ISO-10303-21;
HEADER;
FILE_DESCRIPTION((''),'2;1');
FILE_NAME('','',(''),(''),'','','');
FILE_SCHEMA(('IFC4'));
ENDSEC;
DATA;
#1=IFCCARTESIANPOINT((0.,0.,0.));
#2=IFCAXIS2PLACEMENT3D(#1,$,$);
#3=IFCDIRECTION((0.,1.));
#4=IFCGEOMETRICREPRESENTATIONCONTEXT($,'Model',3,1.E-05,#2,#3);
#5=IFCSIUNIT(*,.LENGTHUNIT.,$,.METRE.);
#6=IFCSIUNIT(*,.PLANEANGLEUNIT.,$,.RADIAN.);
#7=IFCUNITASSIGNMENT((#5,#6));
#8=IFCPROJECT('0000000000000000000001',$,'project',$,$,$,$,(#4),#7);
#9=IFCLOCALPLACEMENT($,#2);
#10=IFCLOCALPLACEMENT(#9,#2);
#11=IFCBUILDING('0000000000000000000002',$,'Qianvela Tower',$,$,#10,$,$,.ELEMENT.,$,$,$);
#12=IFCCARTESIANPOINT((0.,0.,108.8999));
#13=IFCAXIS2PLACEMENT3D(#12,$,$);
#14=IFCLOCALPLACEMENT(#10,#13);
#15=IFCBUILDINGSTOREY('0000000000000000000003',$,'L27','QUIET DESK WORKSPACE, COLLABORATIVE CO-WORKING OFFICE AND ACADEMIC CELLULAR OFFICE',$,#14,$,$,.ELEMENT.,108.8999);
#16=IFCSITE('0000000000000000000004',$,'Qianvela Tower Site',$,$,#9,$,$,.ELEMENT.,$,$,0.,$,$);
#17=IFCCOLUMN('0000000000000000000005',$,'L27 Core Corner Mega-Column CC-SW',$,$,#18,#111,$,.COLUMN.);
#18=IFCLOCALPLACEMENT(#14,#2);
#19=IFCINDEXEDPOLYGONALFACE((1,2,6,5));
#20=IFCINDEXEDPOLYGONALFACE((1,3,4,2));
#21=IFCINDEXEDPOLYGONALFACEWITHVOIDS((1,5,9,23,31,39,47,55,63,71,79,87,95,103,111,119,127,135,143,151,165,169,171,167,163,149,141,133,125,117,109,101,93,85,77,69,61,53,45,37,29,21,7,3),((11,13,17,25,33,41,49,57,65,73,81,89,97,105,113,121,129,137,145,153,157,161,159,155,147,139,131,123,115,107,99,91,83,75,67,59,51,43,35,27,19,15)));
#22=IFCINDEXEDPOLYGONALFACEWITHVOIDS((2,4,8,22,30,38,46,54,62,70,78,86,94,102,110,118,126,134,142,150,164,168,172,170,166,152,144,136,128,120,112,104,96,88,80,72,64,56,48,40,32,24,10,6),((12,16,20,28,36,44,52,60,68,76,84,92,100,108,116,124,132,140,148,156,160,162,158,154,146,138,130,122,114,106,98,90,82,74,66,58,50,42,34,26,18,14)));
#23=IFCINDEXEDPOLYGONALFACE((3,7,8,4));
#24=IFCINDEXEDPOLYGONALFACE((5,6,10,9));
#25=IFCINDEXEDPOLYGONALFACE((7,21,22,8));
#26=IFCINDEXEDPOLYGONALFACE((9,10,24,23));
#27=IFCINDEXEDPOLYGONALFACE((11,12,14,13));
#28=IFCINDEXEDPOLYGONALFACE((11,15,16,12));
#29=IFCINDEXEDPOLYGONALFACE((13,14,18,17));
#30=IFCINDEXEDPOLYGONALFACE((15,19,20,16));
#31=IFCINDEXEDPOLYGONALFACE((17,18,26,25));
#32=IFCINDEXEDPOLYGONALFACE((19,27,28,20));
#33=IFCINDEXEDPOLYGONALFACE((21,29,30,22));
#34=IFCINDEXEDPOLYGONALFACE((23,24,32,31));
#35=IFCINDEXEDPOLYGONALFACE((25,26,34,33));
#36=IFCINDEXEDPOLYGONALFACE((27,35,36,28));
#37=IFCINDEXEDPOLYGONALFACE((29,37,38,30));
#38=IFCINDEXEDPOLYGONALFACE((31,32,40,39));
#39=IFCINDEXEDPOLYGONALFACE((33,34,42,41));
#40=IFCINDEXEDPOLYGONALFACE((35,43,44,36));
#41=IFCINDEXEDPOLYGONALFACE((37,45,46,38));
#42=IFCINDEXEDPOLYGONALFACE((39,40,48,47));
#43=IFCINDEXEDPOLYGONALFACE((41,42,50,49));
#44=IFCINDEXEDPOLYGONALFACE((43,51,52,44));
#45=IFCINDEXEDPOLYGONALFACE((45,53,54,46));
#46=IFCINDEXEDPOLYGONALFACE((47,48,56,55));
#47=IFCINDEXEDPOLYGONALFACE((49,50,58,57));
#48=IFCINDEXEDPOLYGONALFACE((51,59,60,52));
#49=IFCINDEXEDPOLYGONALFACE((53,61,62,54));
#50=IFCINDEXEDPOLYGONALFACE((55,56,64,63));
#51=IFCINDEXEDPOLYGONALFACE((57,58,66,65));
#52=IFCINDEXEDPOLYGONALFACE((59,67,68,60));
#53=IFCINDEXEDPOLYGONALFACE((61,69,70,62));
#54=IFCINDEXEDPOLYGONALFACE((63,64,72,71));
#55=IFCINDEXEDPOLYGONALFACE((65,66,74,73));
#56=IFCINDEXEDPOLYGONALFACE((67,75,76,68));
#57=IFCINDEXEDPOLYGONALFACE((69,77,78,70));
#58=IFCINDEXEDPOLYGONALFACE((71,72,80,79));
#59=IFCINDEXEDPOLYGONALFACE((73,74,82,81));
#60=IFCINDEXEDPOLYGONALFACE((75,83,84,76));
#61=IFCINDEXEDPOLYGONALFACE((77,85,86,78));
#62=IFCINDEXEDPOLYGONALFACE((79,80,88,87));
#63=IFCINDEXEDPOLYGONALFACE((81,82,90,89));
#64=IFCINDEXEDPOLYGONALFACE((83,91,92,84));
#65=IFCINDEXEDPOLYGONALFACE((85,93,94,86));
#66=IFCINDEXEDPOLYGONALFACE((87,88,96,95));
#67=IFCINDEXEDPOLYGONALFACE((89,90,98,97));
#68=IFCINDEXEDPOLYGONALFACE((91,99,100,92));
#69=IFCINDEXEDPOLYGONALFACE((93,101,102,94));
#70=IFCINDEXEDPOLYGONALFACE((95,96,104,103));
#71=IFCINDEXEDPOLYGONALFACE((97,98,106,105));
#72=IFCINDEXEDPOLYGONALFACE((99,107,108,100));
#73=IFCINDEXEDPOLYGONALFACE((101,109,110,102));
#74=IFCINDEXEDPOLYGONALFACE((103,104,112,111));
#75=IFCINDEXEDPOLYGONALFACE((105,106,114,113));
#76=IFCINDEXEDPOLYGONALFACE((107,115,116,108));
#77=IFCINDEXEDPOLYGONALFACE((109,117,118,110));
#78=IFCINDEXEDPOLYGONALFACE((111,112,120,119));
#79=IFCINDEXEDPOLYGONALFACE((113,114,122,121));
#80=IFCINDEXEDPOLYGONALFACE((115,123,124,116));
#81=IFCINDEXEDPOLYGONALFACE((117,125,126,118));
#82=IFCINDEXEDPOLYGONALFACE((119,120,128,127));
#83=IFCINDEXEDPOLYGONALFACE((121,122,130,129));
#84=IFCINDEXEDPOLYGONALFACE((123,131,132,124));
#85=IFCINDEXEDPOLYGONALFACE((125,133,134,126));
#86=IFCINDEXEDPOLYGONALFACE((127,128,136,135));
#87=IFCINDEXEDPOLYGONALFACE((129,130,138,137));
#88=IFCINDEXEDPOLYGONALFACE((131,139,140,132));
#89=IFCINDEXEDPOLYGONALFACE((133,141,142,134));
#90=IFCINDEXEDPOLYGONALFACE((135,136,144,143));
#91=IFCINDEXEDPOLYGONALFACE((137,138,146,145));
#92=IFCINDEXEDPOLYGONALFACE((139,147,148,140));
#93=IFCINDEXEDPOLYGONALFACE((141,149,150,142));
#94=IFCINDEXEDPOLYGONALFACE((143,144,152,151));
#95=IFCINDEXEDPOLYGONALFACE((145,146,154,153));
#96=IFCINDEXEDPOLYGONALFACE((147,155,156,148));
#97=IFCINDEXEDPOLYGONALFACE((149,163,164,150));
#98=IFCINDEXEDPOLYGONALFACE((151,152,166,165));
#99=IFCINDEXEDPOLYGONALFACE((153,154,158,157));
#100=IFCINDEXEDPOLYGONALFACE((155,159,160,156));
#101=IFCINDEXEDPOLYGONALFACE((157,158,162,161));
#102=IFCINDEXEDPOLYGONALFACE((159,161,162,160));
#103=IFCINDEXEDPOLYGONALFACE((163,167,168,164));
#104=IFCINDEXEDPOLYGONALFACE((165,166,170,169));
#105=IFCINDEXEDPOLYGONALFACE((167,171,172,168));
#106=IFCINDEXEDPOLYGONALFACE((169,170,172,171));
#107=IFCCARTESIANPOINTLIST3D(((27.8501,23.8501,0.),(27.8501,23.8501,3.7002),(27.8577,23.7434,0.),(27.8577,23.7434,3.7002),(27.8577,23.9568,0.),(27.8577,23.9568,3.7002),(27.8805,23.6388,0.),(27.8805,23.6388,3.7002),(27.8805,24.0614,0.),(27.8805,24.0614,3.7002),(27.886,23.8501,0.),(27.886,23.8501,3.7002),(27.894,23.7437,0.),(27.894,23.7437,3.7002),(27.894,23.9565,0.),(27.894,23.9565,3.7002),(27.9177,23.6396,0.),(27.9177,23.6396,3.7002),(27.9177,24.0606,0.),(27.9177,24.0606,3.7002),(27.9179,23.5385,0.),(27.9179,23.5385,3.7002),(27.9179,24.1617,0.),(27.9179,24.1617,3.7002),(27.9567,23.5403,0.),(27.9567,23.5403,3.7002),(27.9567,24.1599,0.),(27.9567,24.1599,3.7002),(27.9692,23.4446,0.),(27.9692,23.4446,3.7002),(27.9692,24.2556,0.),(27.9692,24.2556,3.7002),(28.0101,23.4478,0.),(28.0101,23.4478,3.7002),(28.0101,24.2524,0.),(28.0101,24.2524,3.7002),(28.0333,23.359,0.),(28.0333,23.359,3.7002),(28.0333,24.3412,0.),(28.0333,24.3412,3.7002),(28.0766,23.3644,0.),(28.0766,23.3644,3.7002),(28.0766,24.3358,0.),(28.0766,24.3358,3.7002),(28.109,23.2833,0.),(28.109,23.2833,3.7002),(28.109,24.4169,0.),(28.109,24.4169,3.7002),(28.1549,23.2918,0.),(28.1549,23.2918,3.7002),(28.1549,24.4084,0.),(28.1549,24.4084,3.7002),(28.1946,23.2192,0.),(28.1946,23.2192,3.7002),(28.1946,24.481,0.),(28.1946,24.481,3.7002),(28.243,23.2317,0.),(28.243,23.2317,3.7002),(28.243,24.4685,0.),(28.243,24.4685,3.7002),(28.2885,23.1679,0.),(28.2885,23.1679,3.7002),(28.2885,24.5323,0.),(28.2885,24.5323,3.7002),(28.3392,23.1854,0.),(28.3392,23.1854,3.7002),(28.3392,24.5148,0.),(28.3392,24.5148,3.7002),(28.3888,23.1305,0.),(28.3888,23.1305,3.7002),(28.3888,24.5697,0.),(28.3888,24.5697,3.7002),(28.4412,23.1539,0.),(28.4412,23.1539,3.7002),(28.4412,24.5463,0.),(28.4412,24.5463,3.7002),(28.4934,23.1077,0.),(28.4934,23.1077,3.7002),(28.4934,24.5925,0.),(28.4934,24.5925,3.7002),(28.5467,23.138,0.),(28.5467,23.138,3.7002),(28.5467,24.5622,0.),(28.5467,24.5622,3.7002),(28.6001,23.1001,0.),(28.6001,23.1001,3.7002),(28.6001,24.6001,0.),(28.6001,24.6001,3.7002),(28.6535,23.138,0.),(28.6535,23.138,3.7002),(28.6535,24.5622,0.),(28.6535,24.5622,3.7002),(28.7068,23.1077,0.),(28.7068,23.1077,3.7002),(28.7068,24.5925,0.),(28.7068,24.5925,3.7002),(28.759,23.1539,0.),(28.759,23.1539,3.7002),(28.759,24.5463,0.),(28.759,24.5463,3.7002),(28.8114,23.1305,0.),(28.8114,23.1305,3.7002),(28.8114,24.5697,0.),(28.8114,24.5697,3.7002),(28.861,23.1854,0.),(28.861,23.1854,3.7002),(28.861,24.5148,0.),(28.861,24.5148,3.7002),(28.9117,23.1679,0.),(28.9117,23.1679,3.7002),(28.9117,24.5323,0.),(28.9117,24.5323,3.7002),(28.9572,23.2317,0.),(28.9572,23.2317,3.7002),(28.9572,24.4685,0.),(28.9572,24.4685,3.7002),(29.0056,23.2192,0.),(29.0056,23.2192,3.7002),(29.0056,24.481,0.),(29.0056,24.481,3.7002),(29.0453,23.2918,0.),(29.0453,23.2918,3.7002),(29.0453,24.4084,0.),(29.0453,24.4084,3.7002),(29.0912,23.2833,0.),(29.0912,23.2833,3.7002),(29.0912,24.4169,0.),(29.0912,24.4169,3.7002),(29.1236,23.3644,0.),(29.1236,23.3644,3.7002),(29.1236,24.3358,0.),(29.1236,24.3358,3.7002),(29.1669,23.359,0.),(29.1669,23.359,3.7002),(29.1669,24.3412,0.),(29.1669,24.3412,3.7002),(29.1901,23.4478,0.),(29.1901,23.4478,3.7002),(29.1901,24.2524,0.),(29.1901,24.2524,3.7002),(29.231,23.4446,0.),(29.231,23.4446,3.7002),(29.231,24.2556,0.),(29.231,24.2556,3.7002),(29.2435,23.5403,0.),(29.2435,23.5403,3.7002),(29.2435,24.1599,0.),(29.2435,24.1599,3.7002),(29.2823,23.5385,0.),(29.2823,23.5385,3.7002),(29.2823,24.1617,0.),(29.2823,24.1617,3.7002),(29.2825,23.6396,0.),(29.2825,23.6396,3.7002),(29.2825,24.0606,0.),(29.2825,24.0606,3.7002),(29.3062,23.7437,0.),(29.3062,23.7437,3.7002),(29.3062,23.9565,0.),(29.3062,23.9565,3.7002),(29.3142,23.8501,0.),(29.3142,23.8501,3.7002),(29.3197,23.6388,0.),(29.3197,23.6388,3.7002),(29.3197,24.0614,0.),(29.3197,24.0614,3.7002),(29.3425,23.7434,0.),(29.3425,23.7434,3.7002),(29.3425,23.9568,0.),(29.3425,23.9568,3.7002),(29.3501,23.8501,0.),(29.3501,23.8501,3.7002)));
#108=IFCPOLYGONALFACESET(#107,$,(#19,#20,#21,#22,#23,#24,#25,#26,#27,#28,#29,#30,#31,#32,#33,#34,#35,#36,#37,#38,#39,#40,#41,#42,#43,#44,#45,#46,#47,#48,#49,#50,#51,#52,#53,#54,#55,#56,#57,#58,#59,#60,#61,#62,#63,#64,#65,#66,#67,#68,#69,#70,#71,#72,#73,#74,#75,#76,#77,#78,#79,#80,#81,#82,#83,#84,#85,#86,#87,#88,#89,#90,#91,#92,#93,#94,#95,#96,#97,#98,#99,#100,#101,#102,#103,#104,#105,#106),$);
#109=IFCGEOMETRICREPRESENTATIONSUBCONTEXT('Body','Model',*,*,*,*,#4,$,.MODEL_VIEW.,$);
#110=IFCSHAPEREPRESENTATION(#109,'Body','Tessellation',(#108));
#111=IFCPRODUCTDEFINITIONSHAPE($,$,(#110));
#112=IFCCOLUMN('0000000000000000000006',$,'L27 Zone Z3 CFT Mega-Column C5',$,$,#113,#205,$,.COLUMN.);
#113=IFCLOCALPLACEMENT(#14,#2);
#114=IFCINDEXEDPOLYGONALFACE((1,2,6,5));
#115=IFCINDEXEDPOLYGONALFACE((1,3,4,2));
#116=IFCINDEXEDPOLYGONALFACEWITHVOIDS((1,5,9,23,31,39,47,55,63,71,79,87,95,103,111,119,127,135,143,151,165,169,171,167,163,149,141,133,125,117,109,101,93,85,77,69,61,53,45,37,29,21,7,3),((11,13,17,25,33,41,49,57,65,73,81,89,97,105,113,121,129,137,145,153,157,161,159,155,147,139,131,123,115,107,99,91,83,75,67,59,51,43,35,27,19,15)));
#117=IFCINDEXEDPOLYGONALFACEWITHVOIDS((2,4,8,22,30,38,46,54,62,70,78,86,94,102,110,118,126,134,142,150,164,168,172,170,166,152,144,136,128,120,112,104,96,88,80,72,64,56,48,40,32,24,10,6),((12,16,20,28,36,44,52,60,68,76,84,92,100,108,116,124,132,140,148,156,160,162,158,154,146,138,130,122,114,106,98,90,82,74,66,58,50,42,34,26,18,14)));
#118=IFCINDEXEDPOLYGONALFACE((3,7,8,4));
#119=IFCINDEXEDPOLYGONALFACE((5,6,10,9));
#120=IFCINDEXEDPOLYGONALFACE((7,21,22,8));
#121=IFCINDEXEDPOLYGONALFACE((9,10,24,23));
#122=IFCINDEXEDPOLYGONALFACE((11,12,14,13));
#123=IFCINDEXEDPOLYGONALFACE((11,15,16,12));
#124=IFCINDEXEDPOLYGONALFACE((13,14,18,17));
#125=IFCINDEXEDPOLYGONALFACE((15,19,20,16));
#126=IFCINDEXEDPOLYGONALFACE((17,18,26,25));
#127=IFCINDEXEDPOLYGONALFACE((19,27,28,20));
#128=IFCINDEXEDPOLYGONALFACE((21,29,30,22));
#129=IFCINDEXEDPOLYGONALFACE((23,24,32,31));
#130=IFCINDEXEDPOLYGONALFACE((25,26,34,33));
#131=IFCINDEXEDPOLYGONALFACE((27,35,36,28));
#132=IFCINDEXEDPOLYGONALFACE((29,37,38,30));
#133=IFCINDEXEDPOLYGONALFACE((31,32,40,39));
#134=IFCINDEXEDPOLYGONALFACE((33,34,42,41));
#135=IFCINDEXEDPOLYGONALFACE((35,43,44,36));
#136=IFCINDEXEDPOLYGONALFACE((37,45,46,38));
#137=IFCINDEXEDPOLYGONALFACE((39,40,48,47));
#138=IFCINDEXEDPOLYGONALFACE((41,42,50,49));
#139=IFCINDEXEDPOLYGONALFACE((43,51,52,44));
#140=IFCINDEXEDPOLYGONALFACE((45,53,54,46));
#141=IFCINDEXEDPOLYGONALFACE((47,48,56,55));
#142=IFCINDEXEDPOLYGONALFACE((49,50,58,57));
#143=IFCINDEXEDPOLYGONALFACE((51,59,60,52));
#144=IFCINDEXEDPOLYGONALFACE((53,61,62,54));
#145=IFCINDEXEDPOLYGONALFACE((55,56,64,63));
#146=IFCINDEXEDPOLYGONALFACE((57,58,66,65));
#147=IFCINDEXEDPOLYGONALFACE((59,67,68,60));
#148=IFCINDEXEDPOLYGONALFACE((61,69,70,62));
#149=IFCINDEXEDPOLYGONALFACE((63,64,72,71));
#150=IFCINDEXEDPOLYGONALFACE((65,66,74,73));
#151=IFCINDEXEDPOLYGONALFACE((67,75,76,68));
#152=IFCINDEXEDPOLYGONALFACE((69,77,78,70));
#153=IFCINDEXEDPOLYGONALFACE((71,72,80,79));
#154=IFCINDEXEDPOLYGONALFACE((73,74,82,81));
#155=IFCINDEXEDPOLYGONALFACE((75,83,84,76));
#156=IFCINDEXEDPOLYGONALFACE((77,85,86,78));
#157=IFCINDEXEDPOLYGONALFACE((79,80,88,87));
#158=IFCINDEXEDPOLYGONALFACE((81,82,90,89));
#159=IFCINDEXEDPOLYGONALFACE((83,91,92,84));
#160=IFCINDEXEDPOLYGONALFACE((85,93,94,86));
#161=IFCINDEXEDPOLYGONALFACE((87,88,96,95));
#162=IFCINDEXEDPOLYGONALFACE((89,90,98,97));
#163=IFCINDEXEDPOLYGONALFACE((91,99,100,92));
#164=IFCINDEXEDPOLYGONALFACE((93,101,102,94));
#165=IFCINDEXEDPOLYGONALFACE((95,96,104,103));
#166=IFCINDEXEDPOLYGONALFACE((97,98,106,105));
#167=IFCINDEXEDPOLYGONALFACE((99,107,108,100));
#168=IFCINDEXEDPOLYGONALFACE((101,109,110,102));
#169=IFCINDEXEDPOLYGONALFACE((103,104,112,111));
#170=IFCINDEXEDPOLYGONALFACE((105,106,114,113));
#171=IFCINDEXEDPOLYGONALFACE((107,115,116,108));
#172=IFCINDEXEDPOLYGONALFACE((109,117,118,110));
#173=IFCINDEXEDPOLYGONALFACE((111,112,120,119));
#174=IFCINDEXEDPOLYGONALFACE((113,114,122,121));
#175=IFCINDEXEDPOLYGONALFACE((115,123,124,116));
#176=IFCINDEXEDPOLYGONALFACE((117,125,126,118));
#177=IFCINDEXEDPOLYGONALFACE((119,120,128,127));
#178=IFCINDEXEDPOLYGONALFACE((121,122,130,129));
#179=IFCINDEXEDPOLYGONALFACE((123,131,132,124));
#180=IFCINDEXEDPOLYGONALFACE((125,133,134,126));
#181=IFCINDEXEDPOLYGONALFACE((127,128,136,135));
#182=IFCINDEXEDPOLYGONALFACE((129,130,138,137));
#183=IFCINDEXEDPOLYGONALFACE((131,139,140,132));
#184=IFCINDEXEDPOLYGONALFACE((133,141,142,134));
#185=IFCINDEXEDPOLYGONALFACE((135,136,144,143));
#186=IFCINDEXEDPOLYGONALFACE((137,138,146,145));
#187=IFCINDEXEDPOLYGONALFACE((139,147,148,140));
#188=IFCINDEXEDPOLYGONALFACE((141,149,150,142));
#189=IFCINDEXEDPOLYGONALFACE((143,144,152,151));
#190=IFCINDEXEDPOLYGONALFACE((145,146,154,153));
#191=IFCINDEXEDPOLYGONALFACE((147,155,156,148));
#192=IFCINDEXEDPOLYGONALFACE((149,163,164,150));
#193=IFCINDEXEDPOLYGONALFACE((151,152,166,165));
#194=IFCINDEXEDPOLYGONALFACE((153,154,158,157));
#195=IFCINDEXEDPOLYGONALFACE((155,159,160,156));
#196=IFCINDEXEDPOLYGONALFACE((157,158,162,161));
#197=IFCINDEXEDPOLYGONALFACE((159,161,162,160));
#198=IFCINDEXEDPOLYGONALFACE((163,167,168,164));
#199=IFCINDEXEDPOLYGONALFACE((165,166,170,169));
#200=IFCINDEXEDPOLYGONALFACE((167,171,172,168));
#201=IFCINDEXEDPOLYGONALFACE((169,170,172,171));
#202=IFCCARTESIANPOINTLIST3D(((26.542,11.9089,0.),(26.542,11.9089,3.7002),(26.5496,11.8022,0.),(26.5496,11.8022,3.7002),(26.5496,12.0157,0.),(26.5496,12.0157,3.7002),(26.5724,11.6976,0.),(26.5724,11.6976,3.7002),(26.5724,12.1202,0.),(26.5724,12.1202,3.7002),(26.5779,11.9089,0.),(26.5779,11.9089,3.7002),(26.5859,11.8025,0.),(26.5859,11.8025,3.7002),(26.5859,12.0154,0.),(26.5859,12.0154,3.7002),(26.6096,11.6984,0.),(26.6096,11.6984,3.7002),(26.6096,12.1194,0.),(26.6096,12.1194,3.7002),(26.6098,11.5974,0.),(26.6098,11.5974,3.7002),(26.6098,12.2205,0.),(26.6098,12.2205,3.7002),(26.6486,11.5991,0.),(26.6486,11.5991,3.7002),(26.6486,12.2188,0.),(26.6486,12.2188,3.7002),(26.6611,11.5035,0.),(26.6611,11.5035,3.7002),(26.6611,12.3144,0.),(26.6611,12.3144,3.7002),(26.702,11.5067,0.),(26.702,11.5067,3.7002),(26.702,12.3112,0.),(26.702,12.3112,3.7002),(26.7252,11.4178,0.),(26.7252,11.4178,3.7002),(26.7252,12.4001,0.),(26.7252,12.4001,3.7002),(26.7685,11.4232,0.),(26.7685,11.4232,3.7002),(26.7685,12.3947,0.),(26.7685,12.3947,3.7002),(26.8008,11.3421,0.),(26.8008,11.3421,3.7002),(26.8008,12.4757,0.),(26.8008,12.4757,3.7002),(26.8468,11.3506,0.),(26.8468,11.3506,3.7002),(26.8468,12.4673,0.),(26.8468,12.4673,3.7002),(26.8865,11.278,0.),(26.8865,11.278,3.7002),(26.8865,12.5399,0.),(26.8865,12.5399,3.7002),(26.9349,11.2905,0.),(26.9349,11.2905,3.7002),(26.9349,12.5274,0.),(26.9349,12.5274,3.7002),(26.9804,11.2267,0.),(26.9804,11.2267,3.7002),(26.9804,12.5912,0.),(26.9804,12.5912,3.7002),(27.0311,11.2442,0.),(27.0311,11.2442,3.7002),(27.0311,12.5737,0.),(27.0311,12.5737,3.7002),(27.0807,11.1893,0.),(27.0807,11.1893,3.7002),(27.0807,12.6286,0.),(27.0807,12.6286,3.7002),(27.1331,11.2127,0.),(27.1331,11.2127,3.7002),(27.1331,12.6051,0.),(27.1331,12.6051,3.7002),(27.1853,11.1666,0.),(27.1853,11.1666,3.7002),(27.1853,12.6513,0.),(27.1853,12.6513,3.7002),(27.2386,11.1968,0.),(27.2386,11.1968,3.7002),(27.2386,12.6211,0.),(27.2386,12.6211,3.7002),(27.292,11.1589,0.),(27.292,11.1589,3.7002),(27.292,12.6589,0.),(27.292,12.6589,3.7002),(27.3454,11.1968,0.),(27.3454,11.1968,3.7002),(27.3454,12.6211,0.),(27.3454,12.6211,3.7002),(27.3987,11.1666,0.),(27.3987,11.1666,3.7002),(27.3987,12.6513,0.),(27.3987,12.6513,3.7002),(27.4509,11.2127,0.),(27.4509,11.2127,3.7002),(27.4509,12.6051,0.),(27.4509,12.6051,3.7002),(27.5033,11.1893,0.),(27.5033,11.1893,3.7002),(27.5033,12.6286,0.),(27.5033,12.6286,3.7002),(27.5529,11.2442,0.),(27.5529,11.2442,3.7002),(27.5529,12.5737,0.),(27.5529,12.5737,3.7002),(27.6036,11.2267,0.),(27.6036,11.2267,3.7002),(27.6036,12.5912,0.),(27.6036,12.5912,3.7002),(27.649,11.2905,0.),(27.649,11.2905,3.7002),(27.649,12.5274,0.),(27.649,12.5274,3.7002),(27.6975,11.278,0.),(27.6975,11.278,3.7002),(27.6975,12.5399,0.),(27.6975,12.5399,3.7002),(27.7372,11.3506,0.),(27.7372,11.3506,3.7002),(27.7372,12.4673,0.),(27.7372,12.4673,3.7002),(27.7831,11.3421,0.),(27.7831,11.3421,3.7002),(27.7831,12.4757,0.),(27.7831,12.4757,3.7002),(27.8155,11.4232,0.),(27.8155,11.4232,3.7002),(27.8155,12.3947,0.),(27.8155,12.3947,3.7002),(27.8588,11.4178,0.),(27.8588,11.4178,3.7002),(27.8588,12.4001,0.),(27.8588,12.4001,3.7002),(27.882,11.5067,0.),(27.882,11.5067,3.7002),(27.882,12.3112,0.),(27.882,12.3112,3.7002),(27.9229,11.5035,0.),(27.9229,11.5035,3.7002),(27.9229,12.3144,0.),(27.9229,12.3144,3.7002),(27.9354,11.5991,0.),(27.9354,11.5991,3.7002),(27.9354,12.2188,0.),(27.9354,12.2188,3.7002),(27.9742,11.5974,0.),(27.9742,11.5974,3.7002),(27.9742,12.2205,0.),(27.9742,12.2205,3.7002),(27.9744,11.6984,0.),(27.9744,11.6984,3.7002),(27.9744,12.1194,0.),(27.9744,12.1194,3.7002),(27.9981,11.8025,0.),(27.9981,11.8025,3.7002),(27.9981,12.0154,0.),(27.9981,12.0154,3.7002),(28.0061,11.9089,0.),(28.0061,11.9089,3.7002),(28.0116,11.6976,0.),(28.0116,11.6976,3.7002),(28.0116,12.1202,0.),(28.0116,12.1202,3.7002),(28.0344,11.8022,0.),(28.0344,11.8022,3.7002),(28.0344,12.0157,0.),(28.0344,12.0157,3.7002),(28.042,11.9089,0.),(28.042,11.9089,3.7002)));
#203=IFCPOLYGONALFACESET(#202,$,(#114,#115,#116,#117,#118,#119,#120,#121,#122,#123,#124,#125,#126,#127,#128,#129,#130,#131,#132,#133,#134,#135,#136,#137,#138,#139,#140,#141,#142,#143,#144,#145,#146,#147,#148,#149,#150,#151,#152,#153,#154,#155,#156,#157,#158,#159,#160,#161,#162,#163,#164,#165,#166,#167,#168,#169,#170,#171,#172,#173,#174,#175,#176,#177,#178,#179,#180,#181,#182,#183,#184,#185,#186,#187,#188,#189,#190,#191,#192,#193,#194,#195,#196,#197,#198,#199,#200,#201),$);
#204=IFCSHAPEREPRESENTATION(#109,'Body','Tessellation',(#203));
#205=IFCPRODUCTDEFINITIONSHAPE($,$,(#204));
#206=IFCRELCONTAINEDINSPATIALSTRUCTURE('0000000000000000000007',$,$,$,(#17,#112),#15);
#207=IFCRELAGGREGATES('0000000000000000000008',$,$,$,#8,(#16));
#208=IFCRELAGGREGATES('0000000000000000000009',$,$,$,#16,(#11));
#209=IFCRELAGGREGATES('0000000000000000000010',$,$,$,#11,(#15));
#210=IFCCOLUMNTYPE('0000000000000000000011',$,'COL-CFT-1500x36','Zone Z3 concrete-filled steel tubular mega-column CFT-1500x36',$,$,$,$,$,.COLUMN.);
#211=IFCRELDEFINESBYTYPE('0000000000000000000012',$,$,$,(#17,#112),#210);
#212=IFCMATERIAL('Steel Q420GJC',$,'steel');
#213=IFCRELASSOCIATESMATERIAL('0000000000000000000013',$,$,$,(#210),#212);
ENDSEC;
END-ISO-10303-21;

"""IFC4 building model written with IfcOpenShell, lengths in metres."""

from ifc_helpers import new_model, si_unit, direction, frame, origin, origin_2d, place, context, subcontext, project, spatial, hollow_circle, extrude, material, material_profile, profile_set, type_object, element, save


model = new_model("IFC4")

# Units and contexts
model_context = context("Model", 3, precision=1e-05, world=origin(), true_north=direction((0.0, 1.0)))
body_context = subcontext(model_context, "Body", "Model", "MODEL_VIEW")
ifc_project = project(units=[si_unit("LENGTHUNIT", "METRE"), si_unit("PLANEANGLEUNIT", "RADIAN")], contexts=[model_context])

# Site, building, storey
site_placement = place(None, origin())
site = spatial("IfcSite", under=ifc_project, at=site_placement, Name="Qianvela Tower Site", CompositionType="ELEMENT", RefElevation=0.0)
building_placement = place(site_placement, origin())
building = spatial("IfcBuilding", under=site, at=building_placement, Name="Qianvela Tower", CompositionType="ELEMENT")
storey_placement = place(building_placement, frame((0.0, 0.0, 108.8999)))
storey = spatial("IfcBuildingStorey", under=building, at=storey_placement, Name="L27", Description="QUIET DESK WORKSPACE, COLLABORATIVE CO-WORKING OFFICE AND ACADEMIC CELLULAR OFFICE", CompositionType="ELEMENT", Elevation=108.8999)

# Columns
ifc_material_1 = material(Name="Steel Q420GJC", Category="steel")
ifc_material_profile_1 = material_profile(ifc_material_1, hollow_circle(Radius=0.75, WallThickness=0.0359, at=origin_2d()), Name="CFT-1500x36")
ifc_profile_set_1 = profile_set([ifc_material_profile_1], Name="Steel Q420GJC")
column_type = type_object("IfcColumnType", Name="COL-CFT-1500x36", Description="Zone Z3 concrete-filled steel tubular mega-column CFT-1500x36", PredefinedType="COLUMN", material=ifc_profile_set_1)
for number, where, z_axis, x_axis, name in (
    (1, (28.6001, 23.8501, 0.0), (0.0, 0.0, 1.0), (1.0, 0.0, 0.0), "L27 Core Corner Mega-Column CC-SW"),
    (2, (27.292, 11.9089, 0.0), (0.0, 0.0, 1.0), (1.0, 0.0, 0.0), "L27 Zone Z3 CFT Mega-Column C5"),
):
    element("IfcColumn", number, at=place(storey_placement, frame(where, z_axis=z_axis, x_axis=x_axis)), inside=storey, type_object=column_type, Name=name, PredefinedType="COLUMN", context=body_context, shape_type="SweptSolid", body=[
        extrude(hollow_circle(Radius=0.75, WallThickness=0.0359, at=origin_2d()), origin(), (0.0, 0.0, 1.0), 3.7002),
    ])

save(model, "model.ifc")
